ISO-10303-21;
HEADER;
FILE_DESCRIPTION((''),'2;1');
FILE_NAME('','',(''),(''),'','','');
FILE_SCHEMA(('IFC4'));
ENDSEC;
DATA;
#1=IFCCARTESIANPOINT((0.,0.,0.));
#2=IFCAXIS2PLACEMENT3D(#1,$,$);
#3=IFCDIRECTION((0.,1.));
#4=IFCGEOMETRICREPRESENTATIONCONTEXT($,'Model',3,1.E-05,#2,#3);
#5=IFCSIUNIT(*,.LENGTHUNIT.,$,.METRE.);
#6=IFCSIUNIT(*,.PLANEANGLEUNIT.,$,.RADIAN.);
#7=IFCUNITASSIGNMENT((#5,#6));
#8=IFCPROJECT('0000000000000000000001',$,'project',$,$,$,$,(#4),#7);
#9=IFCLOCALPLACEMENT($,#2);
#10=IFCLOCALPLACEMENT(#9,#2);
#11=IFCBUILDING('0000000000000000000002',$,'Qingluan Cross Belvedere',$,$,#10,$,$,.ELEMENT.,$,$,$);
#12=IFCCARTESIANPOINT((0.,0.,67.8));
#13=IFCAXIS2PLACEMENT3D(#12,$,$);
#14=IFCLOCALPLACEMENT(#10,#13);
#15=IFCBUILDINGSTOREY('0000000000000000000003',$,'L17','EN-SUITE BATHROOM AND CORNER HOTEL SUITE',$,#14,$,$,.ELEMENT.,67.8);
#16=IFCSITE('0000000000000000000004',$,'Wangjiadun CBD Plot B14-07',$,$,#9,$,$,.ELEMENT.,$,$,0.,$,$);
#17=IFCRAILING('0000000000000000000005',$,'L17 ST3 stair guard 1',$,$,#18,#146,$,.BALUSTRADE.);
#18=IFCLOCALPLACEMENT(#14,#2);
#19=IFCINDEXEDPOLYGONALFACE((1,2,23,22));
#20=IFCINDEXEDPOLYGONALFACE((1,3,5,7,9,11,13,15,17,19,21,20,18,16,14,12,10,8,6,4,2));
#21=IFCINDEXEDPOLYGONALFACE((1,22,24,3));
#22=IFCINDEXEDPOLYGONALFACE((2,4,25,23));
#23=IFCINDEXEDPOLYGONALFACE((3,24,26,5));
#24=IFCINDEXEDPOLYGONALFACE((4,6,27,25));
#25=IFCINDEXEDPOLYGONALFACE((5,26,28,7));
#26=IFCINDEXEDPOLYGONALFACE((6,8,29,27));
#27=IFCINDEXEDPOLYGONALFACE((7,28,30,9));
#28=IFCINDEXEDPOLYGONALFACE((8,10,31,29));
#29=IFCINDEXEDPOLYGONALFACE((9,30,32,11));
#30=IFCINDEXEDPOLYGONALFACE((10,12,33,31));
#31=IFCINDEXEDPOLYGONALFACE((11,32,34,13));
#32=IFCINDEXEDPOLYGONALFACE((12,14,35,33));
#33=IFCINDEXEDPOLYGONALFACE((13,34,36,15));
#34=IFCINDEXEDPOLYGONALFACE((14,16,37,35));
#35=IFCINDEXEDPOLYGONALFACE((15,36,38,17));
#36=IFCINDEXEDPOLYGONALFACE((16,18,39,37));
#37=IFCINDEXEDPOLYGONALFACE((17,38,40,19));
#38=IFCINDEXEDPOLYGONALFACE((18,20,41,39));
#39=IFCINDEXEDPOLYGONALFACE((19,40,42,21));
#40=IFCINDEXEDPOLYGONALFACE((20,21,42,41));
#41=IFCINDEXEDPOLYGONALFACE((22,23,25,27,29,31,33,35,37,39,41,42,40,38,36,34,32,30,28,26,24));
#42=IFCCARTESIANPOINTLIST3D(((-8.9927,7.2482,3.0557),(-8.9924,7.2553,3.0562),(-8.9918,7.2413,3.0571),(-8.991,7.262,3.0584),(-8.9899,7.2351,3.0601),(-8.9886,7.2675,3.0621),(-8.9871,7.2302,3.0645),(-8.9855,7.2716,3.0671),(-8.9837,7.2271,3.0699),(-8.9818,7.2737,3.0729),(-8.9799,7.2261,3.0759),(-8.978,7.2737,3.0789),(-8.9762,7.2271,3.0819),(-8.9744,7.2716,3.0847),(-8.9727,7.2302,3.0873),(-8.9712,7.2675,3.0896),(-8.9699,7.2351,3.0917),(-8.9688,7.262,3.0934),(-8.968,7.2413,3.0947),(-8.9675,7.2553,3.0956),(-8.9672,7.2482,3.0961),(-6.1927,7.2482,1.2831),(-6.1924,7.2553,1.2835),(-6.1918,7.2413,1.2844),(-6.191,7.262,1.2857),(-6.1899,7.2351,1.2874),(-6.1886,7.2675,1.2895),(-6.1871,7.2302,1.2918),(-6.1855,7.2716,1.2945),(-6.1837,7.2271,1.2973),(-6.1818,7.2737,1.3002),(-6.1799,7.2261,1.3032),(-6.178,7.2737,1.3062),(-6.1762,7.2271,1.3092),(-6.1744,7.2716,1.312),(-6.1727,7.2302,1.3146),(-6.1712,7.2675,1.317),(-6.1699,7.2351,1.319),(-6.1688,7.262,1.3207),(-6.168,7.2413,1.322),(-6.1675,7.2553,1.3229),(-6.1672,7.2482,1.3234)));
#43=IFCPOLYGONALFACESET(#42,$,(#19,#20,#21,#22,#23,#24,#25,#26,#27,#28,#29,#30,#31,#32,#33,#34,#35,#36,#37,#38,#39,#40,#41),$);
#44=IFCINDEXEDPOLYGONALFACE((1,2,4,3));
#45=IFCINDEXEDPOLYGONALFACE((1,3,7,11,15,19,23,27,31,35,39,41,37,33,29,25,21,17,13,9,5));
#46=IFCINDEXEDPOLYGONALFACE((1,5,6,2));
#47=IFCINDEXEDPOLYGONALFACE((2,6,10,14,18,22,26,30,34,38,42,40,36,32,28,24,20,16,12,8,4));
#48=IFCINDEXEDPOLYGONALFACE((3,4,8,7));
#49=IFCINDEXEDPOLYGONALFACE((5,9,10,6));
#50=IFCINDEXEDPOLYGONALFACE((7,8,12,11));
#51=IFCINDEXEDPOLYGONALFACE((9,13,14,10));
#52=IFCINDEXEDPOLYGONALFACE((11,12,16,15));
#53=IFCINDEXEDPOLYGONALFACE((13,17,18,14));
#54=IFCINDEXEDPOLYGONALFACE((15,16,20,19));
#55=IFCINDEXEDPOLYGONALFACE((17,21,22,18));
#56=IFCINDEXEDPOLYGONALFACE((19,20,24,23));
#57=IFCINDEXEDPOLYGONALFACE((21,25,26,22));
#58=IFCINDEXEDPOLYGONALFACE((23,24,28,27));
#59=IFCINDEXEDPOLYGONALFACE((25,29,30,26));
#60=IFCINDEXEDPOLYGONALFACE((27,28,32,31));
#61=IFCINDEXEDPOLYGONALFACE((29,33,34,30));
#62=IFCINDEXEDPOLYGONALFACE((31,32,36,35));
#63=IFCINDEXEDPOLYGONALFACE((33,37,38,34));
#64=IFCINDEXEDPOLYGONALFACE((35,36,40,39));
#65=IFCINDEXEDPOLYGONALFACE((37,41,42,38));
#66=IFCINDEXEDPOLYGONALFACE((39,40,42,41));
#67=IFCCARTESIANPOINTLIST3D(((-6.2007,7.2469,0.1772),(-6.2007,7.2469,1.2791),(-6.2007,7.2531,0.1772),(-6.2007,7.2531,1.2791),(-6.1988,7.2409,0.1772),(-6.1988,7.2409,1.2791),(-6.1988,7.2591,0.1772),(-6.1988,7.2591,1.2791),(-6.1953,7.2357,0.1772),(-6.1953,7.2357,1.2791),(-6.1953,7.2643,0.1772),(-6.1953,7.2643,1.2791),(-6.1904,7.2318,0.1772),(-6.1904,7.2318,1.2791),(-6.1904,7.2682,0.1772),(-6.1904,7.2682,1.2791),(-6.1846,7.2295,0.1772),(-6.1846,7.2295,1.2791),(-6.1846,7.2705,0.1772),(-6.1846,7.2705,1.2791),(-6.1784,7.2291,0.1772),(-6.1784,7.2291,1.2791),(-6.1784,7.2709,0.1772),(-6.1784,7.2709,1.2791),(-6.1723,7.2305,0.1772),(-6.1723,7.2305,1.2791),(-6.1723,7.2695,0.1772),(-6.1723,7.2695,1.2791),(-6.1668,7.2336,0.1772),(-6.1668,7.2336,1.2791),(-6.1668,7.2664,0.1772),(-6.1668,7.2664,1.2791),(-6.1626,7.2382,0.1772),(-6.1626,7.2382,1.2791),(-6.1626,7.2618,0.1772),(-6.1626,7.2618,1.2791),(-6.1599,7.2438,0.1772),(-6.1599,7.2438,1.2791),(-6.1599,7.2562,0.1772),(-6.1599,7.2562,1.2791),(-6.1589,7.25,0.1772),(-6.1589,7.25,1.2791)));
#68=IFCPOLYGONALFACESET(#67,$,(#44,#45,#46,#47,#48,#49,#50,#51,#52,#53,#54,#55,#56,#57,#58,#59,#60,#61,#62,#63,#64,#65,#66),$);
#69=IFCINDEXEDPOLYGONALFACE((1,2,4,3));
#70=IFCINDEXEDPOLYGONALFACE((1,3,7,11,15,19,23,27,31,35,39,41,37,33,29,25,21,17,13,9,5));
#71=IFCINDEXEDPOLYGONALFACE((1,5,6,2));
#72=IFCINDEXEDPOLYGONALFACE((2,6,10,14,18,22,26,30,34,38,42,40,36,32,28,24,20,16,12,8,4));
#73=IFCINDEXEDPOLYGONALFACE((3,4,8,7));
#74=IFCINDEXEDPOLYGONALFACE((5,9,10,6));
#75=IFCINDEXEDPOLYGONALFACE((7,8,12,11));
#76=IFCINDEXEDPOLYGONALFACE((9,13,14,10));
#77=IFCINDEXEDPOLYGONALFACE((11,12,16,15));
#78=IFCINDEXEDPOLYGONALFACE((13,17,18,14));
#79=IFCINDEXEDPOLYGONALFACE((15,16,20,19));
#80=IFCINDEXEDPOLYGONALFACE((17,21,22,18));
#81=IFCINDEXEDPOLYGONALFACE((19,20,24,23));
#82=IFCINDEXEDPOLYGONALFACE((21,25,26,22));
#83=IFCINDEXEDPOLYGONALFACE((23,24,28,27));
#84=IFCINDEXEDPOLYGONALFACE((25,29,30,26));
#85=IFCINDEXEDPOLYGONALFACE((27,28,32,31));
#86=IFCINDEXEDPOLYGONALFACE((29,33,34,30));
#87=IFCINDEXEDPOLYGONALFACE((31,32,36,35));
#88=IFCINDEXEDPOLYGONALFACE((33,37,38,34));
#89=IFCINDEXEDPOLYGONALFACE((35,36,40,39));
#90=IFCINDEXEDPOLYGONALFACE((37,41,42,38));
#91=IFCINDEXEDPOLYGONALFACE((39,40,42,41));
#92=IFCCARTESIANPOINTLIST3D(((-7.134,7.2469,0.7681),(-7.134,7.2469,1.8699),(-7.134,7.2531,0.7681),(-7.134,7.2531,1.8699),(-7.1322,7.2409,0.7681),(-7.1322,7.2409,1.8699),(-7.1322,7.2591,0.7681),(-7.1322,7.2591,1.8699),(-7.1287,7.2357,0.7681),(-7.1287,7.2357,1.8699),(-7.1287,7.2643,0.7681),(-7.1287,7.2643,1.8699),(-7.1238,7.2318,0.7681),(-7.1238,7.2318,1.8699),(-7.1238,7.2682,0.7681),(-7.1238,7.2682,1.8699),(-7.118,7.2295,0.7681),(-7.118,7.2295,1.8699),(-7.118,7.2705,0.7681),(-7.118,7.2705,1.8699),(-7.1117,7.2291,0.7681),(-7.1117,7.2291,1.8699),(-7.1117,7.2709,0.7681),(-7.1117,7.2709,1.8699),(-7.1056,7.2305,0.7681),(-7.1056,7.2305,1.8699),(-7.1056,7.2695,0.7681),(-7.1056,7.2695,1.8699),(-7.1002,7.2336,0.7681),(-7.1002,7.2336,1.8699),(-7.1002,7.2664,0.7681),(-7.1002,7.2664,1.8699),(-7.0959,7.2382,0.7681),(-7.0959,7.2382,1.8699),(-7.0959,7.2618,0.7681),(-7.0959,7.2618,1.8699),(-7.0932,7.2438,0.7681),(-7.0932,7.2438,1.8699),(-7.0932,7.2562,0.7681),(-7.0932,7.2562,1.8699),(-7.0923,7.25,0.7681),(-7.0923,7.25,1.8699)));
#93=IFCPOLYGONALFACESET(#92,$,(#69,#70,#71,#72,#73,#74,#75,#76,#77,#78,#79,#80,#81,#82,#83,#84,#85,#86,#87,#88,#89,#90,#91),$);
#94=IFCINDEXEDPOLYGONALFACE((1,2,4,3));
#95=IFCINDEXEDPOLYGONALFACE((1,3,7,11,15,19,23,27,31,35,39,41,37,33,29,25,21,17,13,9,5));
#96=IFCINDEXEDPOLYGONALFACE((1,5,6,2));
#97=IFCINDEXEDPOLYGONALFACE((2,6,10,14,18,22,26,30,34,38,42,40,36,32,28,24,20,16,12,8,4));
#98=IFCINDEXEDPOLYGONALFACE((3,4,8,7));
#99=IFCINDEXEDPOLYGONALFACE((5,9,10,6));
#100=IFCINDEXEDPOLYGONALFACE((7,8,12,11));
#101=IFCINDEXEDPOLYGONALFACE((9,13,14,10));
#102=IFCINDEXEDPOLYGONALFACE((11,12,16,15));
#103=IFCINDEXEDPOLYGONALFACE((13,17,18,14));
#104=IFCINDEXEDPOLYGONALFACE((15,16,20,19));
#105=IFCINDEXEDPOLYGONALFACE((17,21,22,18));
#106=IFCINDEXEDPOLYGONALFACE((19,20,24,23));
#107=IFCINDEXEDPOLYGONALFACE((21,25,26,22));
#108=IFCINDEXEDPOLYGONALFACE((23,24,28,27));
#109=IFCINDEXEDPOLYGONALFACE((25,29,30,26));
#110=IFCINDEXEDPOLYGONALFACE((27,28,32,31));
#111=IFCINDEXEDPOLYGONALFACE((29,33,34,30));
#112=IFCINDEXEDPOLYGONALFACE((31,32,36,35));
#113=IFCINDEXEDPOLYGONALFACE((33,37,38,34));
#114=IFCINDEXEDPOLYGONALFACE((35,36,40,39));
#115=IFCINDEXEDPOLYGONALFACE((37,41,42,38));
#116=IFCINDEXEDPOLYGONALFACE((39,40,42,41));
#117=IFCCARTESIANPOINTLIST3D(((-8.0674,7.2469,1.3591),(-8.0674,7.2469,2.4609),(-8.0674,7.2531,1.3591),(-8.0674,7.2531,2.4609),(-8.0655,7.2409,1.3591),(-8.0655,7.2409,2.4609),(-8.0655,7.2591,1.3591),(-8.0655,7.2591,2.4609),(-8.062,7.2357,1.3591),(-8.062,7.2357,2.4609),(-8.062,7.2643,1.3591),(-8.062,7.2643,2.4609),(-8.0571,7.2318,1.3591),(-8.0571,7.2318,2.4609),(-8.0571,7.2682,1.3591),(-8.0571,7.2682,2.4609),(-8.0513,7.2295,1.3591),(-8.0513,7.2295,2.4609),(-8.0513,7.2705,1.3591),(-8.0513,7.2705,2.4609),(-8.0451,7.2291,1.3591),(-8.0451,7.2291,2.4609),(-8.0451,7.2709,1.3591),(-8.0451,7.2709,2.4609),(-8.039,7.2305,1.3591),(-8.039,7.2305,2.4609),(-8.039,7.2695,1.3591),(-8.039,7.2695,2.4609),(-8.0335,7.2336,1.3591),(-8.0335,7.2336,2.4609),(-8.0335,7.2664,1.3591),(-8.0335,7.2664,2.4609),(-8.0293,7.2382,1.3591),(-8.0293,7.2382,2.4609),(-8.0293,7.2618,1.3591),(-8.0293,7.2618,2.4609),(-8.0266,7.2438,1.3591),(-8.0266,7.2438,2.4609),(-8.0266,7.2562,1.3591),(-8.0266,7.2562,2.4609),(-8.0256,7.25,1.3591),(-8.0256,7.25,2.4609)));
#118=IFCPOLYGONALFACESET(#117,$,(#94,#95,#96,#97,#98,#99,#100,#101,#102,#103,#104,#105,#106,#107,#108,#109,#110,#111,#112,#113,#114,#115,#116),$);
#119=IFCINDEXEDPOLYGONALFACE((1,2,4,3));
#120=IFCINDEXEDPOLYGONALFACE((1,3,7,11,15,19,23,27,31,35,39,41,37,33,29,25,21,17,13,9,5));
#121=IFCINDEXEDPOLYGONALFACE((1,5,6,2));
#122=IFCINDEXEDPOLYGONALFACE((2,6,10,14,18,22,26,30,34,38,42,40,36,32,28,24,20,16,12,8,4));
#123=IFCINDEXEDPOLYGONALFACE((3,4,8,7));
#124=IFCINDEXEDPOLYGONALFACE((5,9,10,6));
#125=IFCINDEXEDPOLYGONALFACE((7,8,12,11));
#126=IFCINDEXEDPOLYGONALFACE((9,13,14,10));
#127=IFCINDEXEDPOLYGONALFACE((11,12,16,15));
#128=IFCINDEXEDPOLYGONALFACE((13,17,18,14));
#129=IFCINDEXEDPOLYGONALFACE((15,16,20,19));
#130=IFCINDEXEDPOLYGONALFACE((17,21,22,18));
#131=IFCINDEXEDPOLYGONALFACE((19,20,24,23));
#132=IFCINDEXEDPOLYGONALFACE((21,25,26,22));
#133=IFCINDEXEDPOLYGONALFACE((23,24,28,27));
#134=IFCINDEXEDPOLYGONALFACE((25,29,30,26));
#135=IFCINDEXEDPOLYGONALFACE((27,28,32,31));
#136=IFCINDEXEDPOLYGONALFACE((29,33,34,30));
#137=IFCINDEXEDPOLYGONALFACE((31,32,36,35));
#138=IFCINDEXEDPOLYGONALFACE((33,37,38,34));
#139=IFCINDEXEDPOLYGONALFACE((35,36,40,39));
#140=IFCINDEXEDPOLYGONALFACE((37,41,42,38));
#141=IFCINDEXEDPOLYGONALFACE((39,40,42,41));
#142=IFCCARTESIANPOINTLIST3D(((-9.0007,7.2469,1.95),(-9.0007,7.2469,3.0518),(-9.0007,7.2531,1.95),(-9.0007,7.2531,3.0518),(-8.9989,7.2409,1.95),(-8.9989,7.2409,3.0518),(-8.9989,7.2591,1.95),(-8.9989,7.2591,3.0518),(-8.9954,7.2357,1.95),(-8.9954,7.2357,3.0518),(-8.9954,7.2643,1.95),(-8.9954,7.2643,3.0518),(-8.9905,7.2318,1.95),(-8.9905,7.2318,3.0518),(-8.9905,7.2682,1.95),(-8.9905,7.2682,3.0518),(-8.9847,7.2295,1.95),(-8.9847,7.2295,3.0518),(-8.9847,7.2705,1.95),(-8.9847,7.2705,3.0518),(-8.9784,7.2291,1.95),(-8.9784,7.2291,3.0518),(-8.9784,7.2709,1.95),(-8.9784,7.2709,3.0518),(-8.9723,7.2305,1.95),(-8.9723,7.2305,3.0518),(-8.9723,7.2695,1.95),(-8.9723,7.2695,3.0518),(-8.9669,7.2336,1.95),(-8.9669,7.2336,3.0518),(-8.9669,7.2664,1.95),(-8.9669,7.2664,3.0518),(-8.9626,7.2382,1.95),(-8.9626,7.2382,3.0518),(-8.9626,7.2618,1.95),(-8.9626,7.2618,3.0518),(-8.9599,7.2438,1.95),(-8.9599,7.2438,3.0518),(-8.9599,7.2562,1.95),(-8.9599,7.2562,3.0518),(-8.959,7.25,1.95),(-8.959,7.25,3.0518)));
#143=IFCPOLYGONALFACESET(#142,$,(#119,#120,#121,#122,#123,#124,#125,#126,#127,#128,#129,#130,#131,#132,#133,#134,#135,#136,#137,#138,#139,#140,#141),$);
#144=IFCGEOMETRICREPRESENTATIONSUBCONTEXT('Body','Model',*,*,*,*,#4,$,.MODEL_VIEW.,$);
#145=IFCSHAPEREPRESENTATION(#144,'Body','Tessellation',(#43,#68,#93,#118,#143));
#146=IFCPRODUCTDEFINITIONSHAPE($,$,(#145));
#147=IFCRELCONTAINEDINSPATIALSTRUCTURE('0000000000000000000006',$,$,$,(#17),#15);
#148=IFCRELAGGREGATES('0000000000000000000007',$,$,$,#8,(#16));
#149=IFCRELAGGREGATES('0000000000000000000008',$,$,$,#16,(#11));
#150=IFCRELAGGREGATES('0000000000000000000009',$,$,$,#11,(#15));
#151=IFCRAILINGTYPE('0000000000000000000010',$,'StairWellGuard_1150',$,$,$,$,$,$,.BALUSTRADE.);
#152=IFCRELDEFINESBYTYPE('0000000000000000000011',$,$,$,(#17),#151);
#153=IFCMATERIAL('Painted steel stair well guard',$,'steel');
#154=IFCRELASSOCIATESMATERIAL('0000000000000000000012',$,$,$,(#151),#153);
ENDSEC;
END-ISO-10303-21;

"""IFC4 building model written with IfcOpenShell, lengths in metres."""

from ifc_helpers import new_model, si_unit, direction, frame, origin, origin_2d, place, context, subcontext, project, spatial, circle, extrude, material, type_object, element, save


model = new_model("IFC4")

# Units and contexts
model_context = context("Model", 3, precision=1e-05, world=origin(), true_north=direction((0.0, 1.0)))
body_context = subcontext(model_context, "Body", "Model", "MODEL_VIEW")
ifc_project = project(units=[si_unit("LENGTHUNIT", "METRE"), si_unit("PLANEANGLEUNIT", "RADIAN")], contexts=[model_context])

# Site, building, storey
site_placement = place(None, origin())
site = spatial("IfcSite", under=ifc_project, at=site_placement, Name="Wangjiadun CBD Plot B14-07", CompositionType="ELEMENT", RefElevation=0.0)
building_placement = place(site_placement, origin())
building = spatial("IfcBuilding", under=site, at=building_placement, Name="Qingluan Cross Belvedere", CompositionType="ELEMENT")
storey_placement = place(building_placement, frame((0.0, 0.0, 67.8)))
storey = spatial("IfcBuildingStorey", under=building, at=storey_placement, Name="L17", Description="EN-SUITE BATHROOM AND CORNER HOTEL SUITE", CompositionType="ELEMENT", Elevation=67.8)

# Railing
ifc_material_1 = material(Name="Painted steel stair well guard", Category="steel")
railing_type_1 = type_object("IfcRailingType", Name="StairWellGuard_1150", PredefinedType="BALUSTRADE", material=ifc_material_1)
railing_1_placement = place(storey_placement, frame((-6.1799, 7.25, 0.1772)))
element("IfcRailing", 1, at=railing_1_placement, inside=storey, type_object=railing_type_1, Name="L17 ST3 stair guard 1", PredefinedType="BALUSTRADE", context=body_context, shape_type="SweptSolid", body=[
    extrude(circle(Radius=0.0239, at=origin_2d()), frame((0.0, 0.0, 1.126), z_axis=(-0.844909, 0.0, 0.53491), x_axis=(0.0, -1.0, 0.0)), (0.0, 0.0, 1.0), 3.314),
    extrude(circle(Radius=0.021, at=origin_2d()), origin(), (0.0, 0.0, 1.0), 1.1018),
    extrude(circle(Radius=0.021, at=origin_2d()), frame((-0.9333, 0.0, 0.5908)), (0.0, 0.0, 1.0), 1.1018),
    extrude(circle(Radius=0.021, at=origin_2d()), frame((-1.8667, 0.0, 1.1819)), (0.0, 0.0, 1.0), 1.1018),
    extrude(circle(Radius=0.021, at=origin_2d()), frame((-2.8, 0.0, 1.7727)), (0.0, 0.0, 1.0), 1.1018),
])

save(model, "model.ifc")
